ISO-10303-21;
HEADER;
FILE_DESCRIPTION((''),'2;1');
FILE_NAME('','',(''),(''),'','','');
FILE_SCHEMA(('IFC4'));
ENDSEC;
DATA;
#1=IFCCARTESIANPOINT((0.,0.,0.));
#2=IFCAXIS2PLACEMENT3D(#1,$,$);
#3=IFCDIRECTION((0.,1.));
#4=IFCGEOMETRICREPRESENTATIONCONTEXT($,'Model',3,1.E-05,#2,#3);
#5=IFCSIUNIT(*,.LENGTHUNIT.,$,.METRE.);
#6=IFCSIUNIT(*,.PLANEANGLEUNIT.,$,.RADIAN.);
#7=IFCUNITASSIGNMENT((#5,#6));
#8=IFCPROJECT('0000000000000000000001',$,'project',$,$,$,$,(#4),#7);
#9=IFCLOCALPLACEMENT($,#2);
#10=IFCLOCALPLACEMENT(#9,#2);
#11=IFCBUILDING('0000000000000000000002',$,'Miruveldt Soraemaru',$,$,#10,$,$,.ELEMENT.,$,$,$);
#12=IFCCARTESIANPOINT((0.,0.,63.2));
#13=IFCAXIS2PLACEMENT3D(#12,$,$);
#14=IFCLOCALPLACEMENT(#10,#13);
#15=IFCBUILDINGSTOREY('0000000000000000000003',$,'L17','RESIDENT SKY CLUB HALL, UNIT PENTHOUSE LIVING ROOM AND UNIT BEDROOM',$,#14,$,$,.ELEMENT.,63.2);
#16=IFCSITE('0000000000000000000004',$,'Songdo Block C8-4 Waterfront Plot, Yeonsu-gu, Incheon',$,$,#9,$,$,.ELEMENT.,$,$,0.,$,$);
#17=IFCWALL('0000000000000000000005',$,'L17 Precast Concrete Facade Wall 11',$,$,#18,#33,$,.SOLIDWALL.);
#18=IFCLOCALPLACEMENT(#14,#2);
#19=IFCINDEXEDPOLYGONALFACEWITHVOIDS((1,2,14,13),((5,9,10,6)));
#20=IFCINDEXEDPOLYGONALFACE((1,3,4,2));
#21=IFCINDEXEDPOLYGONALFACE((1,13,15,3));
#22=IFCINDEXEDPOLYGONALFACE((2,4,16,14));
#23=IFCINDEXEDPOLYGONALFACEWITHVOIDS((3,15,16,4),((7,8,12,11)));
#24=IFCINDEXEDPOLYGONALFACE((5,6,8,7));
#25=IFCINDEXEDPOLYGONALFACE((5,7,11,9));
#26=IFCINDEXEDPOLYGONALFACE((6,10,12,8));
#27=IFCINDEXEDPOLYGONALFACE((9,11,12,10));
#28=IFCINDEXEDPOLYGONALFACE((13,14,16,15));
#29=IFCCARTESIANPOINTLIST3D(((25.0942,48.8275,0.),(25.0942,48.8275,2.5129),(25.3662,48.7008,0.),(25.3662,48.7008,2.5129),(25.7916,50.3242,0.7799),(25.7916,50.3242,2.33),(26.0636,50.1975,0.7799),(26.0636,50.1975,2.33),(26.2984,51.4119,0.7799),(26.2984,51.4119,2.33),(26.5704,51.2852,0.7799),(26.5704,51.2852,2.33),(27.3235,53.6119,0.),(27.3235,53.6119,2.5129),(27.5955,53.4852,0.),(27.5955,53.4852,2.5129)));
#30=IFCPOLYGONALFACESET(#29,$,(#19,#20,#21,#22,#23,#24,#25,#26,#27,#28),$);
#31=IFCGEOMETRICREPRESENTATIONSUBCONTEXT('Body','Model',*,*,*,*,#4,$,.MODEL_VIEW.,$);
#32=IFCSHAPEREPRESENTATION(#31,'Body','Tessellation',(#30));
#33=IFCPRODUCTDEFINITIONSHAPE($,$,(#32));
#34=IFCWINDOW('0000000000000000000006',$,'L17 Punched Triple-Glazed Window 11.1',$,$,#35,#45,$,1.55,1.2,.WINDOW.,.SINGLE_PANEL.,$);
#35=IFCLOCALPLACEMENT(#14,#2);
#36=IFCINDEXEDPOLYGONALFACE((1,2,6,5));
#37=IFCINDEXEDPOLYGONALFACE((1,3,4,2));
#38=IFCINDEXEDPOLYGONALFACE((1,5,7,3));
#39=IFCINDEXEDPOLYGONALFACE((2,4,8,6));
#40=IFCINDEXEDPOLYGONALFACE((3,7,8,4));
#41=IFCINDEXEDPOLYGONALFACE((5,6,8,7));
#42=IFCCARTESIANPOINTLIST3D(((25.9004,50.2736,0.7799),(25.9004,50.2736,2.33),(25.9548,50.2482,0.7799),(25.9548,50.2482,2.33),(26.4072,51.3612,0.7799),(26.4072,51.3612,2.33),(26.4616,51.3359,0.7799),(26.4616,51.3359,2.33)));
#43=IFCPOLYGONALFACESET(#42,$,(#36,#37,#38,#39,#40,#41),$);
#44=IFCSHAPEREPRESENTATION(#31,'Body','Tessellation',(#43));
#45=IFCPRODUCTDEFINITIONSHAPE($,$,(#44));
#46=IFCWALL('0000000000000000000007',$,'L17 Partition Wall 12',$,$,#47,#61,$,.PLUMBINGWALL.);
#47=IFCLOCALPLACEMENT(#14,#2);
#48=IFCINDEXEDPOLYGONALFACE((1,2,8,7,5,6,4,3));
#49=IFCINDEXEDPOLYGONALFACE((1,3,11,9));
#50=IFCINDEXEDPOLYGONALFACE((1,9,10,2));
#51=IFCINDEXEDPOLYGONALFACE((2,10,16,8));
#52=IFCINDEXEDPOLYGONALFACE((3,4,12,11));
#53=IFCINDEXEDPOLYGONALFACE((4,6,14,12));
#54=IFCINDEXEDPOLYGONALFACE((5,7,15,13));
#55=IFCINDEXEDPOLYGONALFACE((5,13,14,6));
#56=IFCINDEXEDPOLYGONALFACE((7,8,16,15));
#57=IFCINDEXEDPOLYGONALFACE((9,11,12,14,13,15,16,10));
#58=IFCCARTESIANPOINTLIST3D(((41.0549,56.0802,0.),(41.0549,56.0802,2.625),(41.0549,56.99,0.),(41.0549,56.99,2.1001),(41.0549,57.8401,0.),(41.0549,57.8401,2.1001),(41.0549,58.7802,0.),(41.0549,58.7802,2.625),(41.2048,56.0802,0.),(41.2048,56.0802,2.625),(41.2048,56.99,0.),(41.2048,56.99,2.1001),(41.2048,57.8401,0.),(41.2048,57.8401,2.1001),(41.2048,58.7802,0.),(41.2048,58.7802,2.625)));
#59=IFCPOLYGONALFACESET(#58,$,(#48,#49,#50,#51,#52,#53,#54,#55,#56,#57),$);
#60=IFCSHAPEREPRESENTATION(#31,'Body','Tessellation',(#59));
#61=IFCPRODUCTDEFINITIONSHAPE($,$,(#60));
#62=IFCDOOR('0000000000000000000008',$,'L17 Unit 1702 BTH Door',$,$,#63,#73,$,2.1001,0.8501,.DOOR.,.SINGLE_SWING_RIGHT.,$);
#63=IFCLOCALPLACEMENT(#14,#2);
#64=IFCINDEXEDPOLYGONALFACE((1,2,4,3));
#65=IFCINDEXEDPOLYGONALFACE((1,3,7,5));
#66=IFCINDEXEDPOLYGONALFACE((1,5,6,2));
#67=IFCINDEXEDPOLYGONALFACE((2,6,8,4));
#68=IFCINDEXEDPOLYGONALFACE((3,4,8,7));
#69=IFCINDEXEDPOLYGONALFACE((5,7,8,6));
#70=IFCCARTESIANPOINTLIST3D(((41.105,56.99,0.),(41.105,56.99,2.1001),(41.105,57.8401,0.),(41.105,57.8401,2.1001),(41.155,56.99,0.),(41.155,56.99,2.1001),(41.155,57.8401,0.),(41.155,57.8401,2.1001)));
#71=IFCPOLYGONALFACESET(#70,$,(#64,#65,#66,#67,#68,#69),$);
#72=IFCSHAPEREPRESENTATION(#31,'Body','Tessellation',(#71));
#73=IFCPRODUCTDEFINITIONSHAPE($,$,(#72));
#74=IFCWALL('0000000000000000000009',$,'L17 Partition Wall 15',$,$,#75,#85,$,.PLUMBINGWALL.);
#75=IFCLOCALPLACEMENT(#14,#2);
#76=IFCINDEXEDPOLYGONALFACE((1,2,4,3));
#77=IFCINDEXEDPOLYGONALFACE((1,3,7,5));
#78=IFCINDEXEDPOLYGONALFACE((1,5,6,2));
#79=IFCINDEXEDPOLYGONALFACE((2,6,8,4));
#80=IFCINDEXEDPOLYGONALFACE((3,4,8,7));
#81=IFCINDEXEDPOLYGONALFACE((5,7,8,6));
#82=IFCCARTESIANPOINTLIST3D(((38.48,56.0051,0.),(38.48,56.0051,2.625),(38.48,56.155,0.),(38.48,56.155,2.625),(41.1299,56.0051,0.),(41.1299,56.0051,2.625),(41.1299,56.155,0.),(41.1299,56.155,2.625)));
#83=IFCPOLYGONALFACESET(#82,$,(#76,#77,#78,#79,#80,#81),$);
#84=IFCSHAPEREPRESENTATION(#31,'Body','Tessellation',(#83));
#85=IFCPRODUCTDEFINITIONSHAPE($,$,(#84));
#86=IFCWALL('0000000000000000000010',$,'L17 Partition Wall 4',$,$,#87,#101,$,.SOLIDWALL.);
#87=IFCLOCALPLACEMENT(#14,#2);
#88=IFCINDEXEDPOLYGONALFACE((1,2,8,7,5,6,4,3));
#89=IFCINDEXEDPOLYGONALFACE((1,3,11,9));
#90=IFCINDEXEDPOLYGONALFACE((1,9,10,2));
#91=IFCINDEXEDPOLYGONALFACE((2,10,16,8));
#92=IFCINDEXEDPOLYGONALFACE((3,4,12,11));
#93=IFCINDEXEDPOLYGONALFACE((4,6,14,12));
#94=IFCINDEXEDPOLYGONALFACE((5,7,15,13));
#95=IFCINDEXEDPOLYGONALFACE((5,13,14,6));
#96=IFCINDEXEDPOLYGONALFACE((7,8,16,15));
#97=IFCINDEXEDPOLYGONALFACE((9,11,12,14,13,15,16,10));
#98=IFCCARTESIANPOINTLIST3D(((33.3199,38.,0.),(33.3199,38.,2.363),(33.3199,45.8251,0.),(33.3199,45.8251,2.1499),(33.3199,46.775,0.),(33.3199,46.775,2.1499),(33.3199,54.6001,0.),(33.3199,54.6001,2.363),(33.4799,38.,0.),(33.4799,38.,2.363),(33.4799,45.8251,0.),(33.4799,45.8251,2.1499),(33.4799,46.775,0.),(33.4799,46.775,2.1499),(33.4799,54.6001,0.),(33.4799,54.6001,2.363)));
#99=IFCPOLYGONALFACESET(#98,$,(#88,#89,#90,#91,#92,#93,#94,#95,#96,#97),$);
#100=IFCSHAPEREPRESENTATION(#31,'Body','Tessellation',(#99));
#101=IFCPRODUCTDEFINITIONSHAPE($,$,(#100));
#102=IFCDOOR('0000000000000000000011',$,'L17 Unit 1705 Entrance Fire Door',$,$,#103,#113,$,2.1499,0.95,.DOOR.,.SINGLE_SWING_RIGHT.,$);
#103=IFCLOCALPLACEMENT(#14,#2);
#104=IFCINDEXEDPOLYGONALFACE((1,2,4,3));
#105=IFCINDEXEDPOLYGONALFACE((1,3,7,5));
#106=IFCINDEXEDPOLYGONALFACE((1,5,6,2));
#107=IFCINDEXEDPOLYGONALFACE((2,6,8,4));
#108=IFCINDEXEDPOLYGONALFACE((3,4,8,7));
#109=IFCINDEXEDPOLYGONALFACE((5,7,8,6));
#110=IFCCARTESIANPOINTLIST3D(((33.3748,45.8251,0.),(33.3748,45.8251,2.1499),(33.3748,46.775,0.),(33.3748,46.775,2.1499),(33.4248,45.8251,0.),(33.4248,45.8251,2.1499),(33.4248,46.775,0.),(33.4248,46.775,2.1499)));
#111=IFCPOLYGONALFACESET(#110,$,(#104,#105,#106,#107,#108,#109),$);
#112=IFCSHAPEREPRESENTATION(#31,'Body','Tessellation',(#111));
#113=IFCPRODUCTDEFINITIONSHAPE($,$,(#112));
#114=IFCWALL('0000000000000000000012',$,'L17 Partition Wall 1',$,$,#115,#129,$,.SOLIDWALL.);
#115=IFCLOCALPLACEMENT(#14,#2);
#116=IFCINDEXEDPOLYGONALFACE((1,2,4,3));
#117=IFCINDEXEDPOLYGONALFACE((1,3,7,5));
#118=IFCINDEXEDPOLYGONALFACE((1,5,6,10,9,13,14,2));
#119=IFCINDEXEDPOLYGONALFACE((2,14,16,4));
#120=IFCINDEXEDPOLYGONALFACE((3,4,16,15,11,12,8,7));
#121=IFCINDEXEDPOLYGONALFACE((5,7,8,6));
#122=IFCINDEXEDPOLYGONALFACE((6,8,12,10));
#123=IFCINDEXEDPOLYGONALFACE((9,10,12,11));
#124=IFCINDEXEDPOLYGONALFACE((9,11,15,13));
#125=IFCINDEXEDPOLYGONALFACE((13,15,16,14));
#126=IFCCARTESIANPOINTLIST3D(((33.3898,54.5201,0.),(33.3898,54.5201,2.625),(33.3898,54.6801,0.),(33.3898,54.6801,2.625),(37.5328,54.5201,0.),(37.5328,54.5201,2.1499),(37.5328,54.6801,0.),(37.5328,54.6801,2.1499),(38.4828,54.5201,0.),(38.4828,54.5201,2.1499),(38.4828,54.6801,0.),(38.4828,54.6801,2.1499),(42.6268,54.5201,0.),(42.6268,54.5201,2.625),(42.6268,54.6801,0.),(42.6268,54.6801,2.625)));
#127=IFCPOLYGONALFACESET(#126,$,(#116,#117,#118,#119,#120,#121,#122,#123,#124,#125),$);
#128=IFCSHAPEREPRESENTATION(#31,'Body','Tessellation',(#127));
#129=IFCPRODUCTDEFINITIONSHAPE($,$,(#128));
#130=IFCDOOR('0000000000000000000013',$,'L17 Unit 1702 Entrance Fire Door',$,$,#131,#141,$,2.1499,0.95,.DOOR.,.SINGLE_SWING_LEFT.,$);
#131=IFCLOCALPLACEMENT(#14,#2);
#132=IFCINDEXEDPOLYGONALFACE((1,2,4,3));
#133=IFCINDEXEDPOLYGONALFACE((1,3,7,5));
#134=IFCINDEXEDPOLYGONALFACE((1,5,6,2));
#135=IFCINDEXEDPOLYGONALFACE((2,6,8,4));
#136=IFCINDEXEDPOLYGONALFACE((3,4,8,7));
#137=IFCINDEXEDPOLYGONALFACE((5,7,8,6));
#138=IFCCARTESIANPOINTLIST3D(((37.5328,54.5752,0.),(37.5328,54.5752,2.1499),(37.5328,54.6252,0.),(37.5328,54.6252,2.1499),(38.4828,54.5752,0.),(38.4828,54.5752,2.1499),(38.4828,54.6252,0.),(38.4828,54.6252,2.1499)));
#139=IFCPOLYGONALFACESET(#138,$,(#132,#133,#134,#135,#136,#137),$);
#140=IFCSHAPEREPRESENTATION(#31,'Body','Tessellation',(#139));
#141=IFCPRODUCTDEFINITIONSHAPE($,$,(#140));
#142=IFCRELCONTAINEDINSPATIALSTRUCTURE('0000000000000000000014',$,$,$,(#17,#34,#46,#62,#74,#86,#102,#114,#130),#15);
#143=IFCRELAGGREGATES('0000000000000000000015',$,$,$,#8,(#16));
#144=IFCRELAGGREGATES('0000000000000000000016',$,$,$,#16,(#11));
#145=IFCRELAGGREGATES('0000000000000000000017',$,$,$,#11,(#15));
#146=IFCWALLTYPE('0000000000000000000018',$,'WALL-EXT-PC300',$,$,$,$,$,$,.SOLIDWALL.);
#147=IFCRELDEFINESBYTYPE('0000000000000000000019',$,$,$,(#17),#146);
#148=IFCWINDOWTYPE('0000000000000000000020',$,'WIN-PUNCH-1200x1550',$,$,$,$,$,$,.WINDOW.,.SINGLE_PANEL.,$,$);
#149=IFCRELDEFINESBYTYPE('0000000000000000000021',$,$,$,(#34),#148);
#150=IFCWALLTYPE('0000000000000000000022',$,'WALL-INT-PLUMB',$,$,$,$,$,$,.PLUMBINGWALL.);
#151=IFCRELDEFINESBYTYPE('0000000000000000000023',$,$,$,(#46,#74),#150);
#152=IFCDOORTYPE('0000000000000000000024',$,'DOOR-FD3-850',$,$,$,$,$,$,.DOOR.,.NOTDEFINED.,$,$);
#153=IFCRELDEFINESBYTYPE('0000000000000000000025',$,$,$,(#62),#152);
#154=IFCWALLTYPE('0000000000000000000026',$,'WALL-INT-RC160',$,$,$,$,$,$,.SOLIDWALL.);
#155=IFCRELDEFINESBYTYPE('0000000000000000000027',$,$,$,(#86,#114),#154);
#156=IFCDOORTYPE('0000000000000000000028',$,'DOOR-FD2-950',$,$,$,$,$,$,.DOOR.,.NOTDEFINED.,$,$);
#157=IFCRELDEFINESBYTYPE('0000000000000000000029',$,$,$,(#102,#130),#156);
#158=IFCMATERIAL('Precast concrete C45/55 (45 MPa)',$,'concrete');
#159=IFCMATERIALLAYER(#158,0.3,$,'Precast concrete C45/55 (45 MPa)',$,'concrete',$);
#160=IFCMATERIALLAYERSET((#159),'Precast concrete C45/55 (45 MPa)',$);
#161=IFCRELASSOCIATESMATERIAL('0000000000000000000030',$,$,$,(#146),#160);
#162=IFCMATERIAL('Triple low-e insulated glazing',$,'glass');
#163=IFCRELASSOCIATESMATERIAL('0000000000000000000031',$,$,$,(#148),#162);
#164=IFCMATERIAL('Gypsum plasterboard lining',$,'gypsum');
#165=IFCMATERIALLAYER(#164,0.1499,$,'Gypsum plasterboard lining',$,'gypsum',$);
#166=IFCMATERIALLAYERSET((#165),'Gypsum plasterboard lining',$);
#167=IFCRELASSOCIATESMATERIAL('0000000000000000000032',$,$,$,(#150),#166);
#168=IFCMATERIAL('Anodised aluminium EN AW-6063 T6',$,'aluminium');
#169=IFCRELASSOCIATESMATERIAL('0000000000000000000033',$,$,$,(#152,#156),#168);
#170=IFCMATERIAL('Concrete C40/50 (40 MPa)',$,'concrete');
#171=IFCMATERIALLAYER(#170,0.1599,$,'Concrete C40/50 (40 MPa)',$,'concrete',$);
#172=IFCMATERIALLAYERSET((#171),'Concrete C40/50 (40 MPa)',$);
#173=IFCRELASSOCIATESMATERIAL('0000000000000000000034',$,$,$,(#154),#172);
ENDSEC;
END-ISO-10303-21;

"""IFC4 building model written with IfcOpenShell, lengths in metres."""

from ifc_helpers import new_model, si_unit, direction, frame, frame_2d, origin, place, context, subcontext, project, spatial, rectangle, extrude, material, layer, layer_set, type_object, element, fill, save


model = new_model("IFC4")

# Units and contexts
model_context = context("Model", 3, precision=1e-05, world=origin(), true_north=direction((0.0, 1.0)))
body_context = subcontext(model_context, "Body", "Model", "MODEL_VIEW")
ifc_project = project(units=[si_unit("LENGTHUNIT", "METRE"), si_unit("PLANEANGLEUNIT", "RADIAN")], contexts=[model_context])

# Site, building, storey
site_placement = place(None, origin())
site = spatial("IfcSite", under=ifc_project, at=site_placement, Name="Songdo Block C8-4 Waterfront Plot, Yeonsu-gu, Incheon", CompositionType="ELEMENT", RefElevation=0.0)
building_placement = place(site_placement, origin())
building = spatial("IfcBuilding", under=site, at=building_placement, Name="Miruveldt Soraemaru", CompositionType="ELEMENT")
storey_placement = place(building_placement, frame((0.0, 0.0, 63.2)))
storey = spatial("IfcBuildingStorey", under=building, at=storey_placement, Name="L17", Description="RESIDENT SKY CLUB HALL, UNIT PENTHOUSE LIVING ROOM AND UNIT BEDROOM", CompositionType="ELEMENT", Elevation=63.2)

# Shared definitions
ifc_material_1 = material(Name="Concrete C40/50 (40 MPa)", Category="concrete")

# Wall, opening, window
ifc_material_2 = material(Name="Precast concrete C45/55 (45 MPa)", Category="concrete")
ifc_layer_1 = layer(ifc_material_2, 0.3, Name="Precast concrete C45/55 (45 MPa)", Category="concrete")
ifc_layer_set_1 = layer_set([ifc_layer_1], Name="Precast concrete C45/55 (45 MPa)")
wall_type_1 = type_object("IfcWallType", Name="WALL-EXT-PC300", PredefinedType="SOLIDWALL", material=ifc_layer_set_1)
wall_1_placement = place(storey_placement, frame((27.4595, 53.5486, 0.0), z_axis=(0.0, 0.0, 1.0), x_axis=(-0.422344, -0.906436, 0.0)))
wall_1 = element("IfcWall", 1, at=wall_1_placement, inside=storey, type_object=wall_type_1, Name="L17 Precast Concrete Facade Wall 11", PredefinedType="SOLIDWALL", context=body_context, shape_type="SweptSolid", body=[
    extrude(rectangle(XDim=5.2783, YDim=0.3, at=frame_2d((2.6392, 0.0))), origin(), (0.0, 0.0, 1.0), 2.5129),
])
opening_1_placement = place(wall_1_placement, frame((2.427, 0.0, 0.78)))
opening_1 = element("IfcOpeningElement", 2, at=opening_1_placement, cuts=wall_1, PredefinedType="OPENING", context=body_context, shape_type="SweptSolid", body=[
    extrude(rectangle(XDim=1.2, YDim=1.55, at=frame_2d((0.6001, 0.7749))), frame((0.0, 0.1602, 0.0), z_axis=(0.0, -1.0, 0.0), x_axis=(1.0, 0.0, 0.0)), (0.0, 0.0, 1.0), 0.3201),
])
ifc_material_3 = material(Name="Triple low-e insulated glazing", Category="glass")
window_type = type_object("IfcWindowType", Name="WIN-PUNCH-1200x1550", PartitioningType="SINGLE_PANEL", PredefinedType="WINDOW", material=ifc_material_3)
window_placement = place(opening_1_placement, origin())
window = element("IfcWindow", 3, at=window_placement, inside=storey, type_object=window_type, Name="L17 Punched Triple-Glazed Window 11.1", OverallHeight=1.55, OverallWidth=1.2, PartitioningType="SINGLE_PANEL", PredefinedType="WINDOW", context=body_context, shape_type="SweptSolid", body=[
    extrude(rectangle(XDim=1.2, YDim=1.55, at=frame_2d((0.6001, 0.7749))), frame((0.0, 0.03, 0.0), z_axis=(0.0, -1.0, 0.0), x_axis=(1.0, 0.0, 0.0)), (0.0, 0.0, 1.0), 0.0601),
])
fill(opening_1, window)

# Wall, opening, door
ifc_material_4 = material(Name="Gypsum plasterboard lining", Category="gypsum")
ifc_layer_2 = layer(ifc_material_4, 0.1499, Name="Gypsum plasterboard lining", Category="gypsum")
ifc_layer_set_2 = layer_set([ifc_layer_2], Name="Gypsum plasterboard lining")
wall_type_2 = type_object("IfcWallType", Name="WALL-INT-PLUMB", PredefinedType="PLUMBINGWALL", material=ifc_layer_set_2)
wall_2_placement = place(storey_placement, frame((41.1299, 56.0801, 0.0), z_axis=(0.0, 0.0, 1.0), x_axis=(0.0, 1.0, 0.0)))
wall_2 = element("IfcWall", 4, at=wall_2_placement, inside=storey, type_object=wall_type_2, Name="L17 Partition Wall 12", PredefinedType="PLUMBINGWALL", context=body_context, shape_type="SweptSolid", body=[
    extrude(rectangle(XDim=2.7, YDim=0.1499, at=frame_2d((1.3501, 0.0))), origin(), (0.0, 0.0, 1.0), 2.625),
])
opening_2_placement = place(wall_2_placement, frame((0.9099, 0.0, 0.0)))
opening_2 = element("IfcOpeningElement", 5, at=opening_2_placement, cuts=wall_2, PredefinedType="OPENING", context=body_context, shape_type="SweptSolid", body=[
    extrude(rectangle(XDim=0.8501, YDim=2.1001, at=frame_2d((0.425, 1.05))), frame((0.0, 0.085, 0.0), z_axis=(0.0, -1.0, 0.0), x_axis=(1.0, 0.0, 0.0)), (0.0, 0.0, 1.0), 0.1699),
])
ifc_material_5 = material(Name="Anodised aluminium EN AW-6063 T6", Category="aluminium")
door_type_1 = type_object("IfcDoorType", Name="DOOR-FD3-850", OperationType="NOTDEFINED", PredefinedType="DOOR", material=ifc_material_5)
door_1_placement = place(opening_2_placement, origin())
door_1 = element("IfcDoor", 6, at=door_1_placement, inside=storey, type_object=door_type_1, Name="L17 Unit 1702 BTH Door", OperationType="SINGLE_SWING_RIGHT", OverallHeight=2.1001, OverallWidth=0.8501, PredefinedType="DOOR", context=body_context, shape_type="SweptSolid", body=[
    extrude(rectangle(XDim=0.8501, YDim=2.1001, at=frame_2d((0.425, 1.05))), frame((0.0, 0.0249, 0.0), z_axis=(0.0, -1.0, 0.0), x_axis=(1.0, 0.0, 0.0)), (0.0, 0.0, 1.0), 0.05),
])
fill(opening_2, door_1)

# Wall
wall_3_placement = place(storey_placement, frame((38.48, 56.0801, 0.0), z_axis=(0.0, 0.0, 1.0), x_axis=(1.0, 0.0, 0.0)))
element("IfcWall", 7, at=wall_3_placement, inside=storey, type_object=wall_type_2, Name="L17 Partition Wall 15", PredefinedType="PLUMBINGWALL", context=body_context, shape_type="SweptSolid", body=[
    extrude(rectangle(XDim=2.6499, YDim=0.1499, at=frame_2d((1.325, 0.0))), origin(), (0.0, 0.0, 1.0), 2.625),
])

# Walls, openings, doors
ifc_layer_3 = layer(ifc_material_1, 0.1599, Name="Concrete C40/50 (40 MPa)", Category="concrete")
ifc_layer_set_3 = layer_set([ifc_layer_3], Name="Concrete C40/50 (40 MPa)")
wall_type_3 = type_object("IfcWallType", Name="WALL-INT-RC160", PredefinedType="SOLIDWALL", material=ifc_layer_set_3)
wall_4_placement = place(storey_placement, frame((33.3999, 54.6001, 0.0), z_axis=(0.0, 0.0, 1.0), x_axis=(0.0, -1.0, 0.0)))
wall_4 = element("IfcWall", 8, at=wall_4_placement, inside=storey, type_object=wall_type_3, Name="L17 Partition Wall 4", PredefinedType="SOLIDWALL", context=body_context, shape_type="SweptSolid", body=[
    extrude(rectangle(XDim=16.6001, YDim=0.1599, at=frame_2d((8.3, 0.0))), origin(), (0.0, 0.0, 1.0), 2.363),
])
opening_3_placement = place(wall_4_placement, frame((7.825, 0.0, 0.0)))
opening_3 = element("IfcOpeningElement", 9, at=opening_3_placement, cuts=wall_4, PredefinedType="OPENING", context=body_context, shape_type="SweptSolid", body=[
    extrude(rectangle(XDim=0.95, YDim=2.1499, at=frame_2d((0.4751, 1.075))), frame((0.0, 0.0898, 0.0), z_axis=(0.0, -1.0, 0.0), x_axis=(1.0, 0.0, 0.0)), (0.0, 0.0, 1.0), 0.1799),
])
door_type_2 = type_object("IfcDoorType", Name="DOOR-FD2-950", OperationType="NOTDEFINED", PredefinedType="DOOR", material=ifc_material_5)
door_2_placement = place(opening_3_placement, origin())
door_2 = element("IfcDoor", 10, at=door_2_placement, inside=storey, type_object=door_type_2, Name="L17 Unit 1705 Entrance Fire Door", OperationType="SINGLE_SWING_RIGHT", OverallHeight=2.1499, OverallWidth=0.95, PredefinedType="DOOR", context=body_context, shape_type="SweptSolid", body=[
    extrude(rectangle(XDim=0.95, YDim=2.1499, at=frame_2d((0.4751, 1.075))), frame((0.0, 0.0249, 0.0), z_axis=(0.0, -1.0, 0.0), x_axis=(1.0, 0.0, 0.0)), (0.0, 0.0, 1.0), 0.05),
])
fill(opening_3, door_2)
wall_5_placement = place(storey_placement, frame((42.627, 54.6001, 0.0), z_axis=(0.0, 0.0, 1.0), x_axis=(-1.0, 0.0, 0.0)))
wall_5 = element("IfcWall", 11, at=wall_5_placement, inside=storey, type_object=wall_type_3, Name="L17 Partition Wall 1", PredefinedType="SOLIDWALL", context=body_context, shape_type="SweptSolid", body=[
    extrude(rectangle(XDim=9.2371, YDim=0.1599, at=frame_2d((4.6187, 0.0))), origin(), (0.0, 0.0, 1.0), 2.625),
])
opening_4_placement = place(wall_5_placement, frame((4.144, 0.0, 0.0)))
opening_4 = element("IfcOpeningElement", 12, at=opening_4_placement, cuts=wall_5, PredefinedType="OPENING", context=body_context, shape_type="SweptSolid", body=[
    extrude(rectangle(XDim=0.95, YDim=2.1499, at=frame_2d((0.4751, 1.075))), frame((0.0, 0.0898, 0.0), z_axis=(0.0, -1.0, 0.0), x_axis=(1.0, 0.0, 0.0)), (0.0, 0.0, 1.0), 0.1799),
])
door_3_placement = place(opening_4_placement, origin())
door_3 = element("IfcDoor", 13, at=door_3_placement, inside=storey, type_object=door_type_2, Name="L17 Unit 1702 Entrance Fire Door", OperationType="SINGLE_SWING_LEFT", OverallHeight=2.1499, OverallWidth=0.95, PredefinedType="DOOR", context=body_context, shape_type="SweptSolid", body=[
    extrude(rectangle(XDim=0.95, YDim=2.1499, at=frame_2d((0.4751, 1.075))), frame((0.0, 0.0249, 0.0), z_axis=(0.0, -1.0, 0.0), x_axis=(1.0, 0.0, 0.0)), (0.0, 0.0, 1.0), 0.05),
])
fill(opening_4, door_3)

save(model, "model.ifc")
